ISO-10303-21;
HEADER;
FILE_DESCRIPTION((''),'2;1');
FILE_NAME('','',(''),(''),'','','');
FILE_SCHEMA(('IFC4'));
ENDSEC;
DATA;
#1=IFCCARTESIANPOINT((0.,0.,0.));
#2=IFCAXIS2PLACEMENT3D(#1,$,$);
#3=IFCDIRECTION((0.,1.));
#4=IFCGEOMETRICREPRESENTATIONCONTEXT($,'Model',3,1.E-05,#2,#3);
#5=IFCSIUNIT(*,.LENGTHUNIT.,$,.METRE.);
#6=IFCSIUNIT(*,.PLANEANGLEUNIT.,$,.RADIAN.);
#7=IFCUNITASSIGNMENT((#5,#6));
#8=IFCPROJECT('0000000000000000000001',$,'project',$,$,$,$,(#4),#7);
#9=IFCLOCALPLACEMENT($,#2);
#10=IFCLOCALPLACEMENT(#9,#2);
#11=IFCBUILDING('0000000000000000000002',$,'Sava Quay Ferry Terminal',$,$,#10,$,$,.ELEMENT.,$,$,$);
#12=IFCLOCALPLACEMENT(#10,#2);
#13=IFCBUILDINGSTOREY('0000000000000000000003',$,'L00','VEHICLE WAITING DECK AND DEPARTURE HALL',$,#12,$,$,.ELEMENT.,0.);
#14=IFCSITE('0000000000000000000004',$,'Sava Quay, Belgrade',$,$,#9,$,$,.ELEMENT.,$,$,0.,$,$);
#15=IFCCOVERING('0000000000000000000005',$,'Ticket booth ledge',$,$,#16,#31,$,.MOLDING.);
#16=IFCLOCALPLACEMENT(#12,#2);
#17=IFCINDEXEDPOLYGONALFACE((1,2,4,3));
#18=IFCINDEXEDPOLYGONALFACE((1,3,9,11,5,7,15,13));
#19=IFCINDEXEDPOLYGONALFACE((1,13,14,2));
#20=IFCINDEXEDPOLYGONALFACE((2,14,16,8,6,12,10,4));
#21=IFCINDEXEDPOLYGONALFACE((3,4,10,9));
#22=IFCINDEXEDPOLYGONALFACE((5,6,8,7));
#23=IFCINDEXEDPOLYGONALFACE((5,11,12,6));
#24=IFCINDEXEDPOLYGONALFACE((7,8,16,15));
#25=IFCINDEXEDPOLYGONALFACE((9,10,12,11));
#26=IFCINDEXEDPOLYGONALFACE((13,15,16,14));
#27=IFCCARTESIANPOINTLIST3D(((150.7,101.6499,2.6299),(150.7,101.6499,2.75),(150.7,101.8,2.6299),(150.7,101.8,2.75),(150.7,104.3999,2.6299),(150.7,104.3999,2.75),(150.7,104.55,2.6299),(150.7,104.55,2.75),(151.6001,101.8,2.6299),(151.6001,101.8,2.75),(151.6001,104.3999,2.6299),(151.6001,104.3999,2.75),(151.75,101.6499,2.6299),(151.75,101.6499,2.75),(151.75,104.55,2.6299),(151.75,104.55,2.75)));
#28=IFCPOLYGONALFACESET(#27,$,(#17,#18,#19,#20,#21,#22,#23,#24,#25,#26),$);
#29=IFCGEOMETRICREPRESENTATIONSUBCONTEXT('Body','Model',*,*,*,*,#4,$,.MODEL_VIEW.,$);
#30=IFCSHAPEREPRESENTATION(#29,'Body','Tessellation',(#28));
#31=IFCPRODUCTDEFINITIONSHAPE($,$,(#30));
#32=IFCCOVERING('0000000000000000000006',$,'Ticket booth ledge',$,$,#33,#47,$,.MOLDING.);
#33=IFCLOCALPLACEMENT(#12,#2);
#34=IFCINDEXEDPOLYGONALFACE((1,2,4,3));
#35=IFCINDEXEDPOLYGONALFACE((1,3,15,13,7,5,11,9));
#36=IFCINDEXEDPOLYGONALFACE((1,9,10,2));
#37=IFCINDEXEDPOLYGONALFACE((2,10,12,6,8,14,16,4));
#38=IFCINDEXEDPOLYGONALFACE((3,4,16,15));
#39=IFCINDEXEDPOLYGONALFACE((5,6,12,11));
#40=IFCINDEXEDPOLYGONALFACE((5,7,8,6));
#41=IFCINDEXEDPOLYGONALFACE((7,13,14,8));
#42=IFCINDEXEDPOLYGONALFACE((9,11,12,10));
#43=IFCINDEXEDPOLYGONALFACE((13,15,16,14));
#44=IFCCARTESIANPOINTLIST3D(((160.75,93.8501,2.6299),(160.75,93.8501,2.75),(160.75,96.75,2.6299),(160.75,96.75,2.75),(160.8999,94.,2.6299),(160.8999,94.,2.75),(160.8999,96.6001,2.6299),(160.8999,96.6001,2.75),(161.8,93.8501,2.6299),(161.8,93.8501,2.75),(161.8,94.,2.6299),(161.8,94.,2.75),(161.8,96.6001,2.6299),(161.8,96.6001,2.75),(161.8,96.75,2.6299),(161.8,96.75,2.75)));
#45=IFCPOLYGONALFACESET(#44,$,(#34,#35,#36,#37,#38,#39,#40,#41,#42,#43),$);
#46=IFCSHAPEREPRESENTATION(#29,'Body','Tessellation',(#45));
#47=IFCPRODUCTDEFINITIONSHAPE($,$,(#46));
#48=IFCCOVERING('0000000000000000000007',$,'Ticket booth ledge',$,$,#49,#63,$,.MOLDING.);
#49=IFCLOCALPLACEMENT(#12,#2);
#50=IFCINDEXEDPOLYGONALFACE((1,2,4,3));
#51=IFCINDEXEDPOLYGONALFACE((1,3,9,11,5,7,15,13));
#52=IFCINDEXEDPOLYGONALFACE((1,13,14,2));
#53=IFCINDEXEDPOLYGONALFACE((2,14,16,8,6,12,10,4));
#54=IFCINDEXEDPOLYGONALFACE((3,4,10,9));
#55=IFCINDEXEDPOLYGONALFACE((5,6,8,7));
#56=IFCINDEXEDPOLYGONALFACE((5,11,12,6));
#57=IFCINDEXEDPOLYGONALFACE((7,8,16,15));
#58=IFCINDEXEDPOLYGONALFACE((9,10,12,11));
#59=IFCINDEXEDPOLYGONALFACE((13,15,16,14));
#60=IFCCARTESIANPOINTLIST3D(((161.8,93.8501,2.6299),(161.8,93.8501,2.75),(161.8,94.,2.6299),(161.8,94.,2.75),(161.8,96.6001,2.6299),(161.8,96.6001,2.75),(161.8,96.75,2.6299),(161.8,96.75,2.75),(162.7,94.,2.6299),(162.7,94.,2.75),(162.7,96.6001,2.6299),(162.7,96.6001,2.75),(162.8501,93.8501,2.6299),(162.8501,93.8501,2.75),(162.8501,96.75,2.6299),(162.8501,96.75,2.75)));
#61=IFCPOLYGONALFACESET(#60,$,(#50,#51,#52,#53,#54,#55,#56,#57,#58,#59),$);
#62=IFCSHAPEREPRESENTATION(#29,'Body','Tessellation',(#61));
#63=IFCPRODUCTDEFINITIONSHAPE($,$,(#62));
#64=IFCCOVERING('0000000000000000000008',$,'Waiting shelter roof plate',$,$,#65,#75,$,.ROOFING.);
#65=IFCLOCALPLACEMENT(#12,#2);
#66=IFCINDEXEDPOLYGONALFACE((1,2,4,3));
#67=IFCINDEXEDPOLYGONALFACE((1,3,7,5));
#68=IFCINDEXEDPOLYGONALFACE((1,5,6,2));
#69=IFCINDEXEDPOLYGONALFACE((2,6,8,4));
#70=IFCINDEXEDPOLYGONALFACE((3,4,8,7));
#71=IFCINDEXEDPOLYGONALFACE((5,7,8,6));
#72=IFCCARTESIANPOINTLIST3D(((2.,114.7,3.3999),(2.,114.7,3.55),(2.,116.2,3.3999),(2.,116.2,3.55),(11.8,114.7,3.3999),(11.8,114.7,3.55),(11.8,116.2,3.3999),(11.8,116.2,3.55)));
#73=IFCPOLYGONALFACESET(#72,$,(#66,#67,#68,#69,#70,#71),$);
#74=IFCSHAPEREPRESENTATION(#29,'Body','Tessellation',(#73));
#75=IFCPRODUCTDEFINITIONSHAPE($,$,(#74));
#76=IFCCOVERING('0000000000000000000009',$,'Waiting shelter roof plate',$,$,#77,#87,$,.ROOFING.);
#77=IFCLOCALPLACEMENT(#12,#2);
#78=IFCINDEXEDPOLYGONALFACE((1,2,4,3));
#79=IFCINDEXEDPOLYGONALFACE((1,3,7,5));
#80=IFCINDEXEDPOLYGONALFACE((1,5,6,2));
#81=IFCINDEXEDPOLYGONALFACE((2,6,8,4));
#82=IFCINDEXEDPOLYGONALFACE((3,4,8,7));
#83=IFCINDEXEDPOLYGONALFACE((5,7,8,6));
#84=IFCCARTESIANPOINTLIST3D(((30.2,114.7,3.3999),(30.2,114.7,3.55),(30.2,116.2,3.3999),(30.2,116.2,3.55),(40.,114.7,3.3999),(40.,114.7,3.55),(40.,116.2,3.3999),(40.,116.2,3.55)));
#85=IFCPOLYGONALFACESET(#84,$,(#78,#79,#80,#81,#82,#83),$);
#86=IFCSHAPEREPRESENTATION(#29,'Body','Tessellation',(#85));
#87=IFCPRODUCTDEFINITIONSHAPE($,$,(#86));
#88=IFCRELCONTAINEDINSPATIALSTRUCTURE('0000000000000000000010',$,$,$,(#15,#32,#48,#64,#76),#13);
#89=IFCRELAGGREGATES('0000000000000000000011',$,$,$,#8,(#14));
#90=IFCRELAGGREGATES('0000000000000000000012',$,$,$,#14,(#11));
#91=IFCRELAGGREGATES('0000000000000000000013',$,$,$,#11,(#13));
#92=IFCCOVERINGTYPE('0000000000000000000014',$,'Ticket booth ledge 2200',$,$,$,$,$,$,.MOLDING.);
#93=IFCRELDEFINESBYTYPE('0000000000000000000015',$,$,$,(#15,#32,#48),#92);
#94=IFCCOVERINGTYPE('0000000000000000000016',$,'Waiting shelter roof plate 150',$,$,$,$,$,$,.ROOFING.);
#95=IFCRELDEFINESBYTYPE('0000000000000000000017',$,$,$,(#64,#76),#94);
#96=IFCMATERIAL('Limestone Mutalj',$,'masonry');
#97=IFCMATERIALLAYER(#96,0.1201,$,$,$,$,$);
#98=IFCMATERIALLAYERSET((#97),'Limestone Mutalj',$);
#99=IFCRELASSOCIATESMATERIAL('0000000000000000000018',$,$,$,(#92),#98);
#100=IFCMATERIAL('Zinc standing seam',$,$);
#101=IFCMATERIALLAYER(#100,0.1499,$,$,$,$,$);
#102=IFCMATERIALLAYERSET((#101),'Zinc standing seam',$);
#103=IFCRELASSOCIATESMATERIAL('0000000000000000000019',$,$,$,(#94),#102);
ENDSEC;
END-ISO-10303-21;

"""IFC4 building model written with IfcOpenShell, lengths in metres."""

from ifc_helpers import new_model, si_unit, direction, frame, origin, place, context, subcontext, project, spatial, polyline, outline, extrude, material, layer, layer_set, type_object, element, save


model = new_model("IFC4")

# Units and contexts
model_context = context("Model", 3, precision=1e-05, world=origin(), true_north=direction((0.0, 1.0)))
body_context = subcontext(model_context, "Body", "Model", "MODEL_VIEW")
ifc_project = project(units=[si_unit("LENGTHUNIT", "METRE"), si_unit("PLANEANGLEUNIT", "RADIAN")], contexts=[model_context])

# Site, building, storey
site_placement = place(None, origin())
site = spatial("IfcSite", under=ifc_project, at=site_placement, Name="Sava Quay, Belgrade", CompositionType="ELEMENT", RefElevation=0.0)
building_placement = place(site_placement, origin())
building = spatial("IfcBuilding", under=site, at=building_placement, Name="Sava Quay Ferry Terminal", CompositionType="ELEMENT")
storey_placement = place(building_placement, origin())
storey = spatial("IfcBuildingStorey", under=building, at=storey_placement, Name="L00", Description="VEHICLE WAITING DECK AND DEPARTURE HALL", CompositionType="ELEMENT", Elevation=0.0)

# Coverings
ifc_material_1 = material(Name="Limestone Mutalj", Category="masonry")
ifc_layer_1 = layer(ifc_material_1, 0.1201)
ifc_layer_set_1 = layer_set([ifc_layer_1], Name="Limestone Mutalj")
covering_type_1 = type_object("IfcCoveringType", Name="Ticket booth ledge 2200", PredefinedType="MOLDING", material=ifc_layer_set_1)
covering_1_placement = place(storey_placement, frame((0.0, 0.0, 2.6299)))
element("IfcCovering", 1, at=covering_1_placement, inside=storey, type_object=covering_type_1, Name="Ticket booth ledge", PredefinedType="MOLDING", context=body_context, shape_type="SweptSolid", body=[
    extrude(outline(polyline([(151.75, 104.55), (150.7, 104.55), (150.7, 104.3999), (151.6001, 104.3999), (151.6001, 101.8), (150.7, 101.8), (150.7, 101.6499), (151.75, 101.6499), (151.75, 104.55)])), origin(), (0.0, 0.0, 1.0), 0.1201),
])
covering_2_placement = place(storey_placement, frame((0.0, 0.0, 2.6299)))
element("IfcCovering", 2, at=covering_2_placement, inside=storey, type_object=covering_type_1, Name="Ticket booth ledge", PredefinedType="MOLDING", context=body_context, shape_type="SweptSolid", body=[
    extrude(outline(polyline([(160.75, 96.75), (160.75, 93.8501), (161.8, 93.8501), (161.8, 94.0), (160.8999, 94.0), (160.8999, 96.6001), (161.8, 96.6001), (161.8, 96.75), (160.75, 96.75)])), origin(), (0.0, 0.0, 1.0), 0.1201),
])
covering_3_placement = place(storey_placement, frame((0.0, 0.0, 2.6299)))
element("IfcCovering", 3, at=covering_3_placement, inside=storey, type_object=covering_type_1, Name="Ticket booth ledge", PredefinedType="MOLDING", context=body_context, shape_type="SweptSolid", body=[
    extrude(outline(polyline([(162.8501, 96.75), (161.8, 96.75), (161.8, 96.6001), (162.7, 96.6001), (162.7, 94.0), (161.8, 94.0), (161.8, 93.8501), (162.8501, 93.8501), (162.8501, 96.75)])), origin(), (0.0, 0.0, 1.0), 0.1201),
])
ifc_material_2 = material(Name="Zinc standing seam")
ifc_layer_2 = layer(ifc_material_2, 0.1499)
ifc_layer_set_2 = layer_set([ifc_layer_2], Name="Zinc standing seam")
covering_type_2 = type_object("IfcCoveringType", Name="Waiting shelter roof plate 150", PredefinedType="ROOFING", material=ifc_layer_set_2)
covering_4_placement = place(storey_placement, frame((0.0, 0.0, 3.3999)))
element("IfcCovering", 4, at=covering_4_placement, inside=storey, type_object=covering_type_2, Name="Waiting shelter roof plate", PredefinedType="ROOFING", context=body_context, shape_type="SweptSolid", body=[
    extrude(outline(polyline([(11.8, 114.7), (11.8, 116.2), (2.0, 116.2), (2.0, 114.7), (11.8, 114.7)])), origin(), (0.0, 0.0, 1.0), 0.1501),
])
covering_5_placement = place(storey_placement, frame((0.0, 0.0, 3.3999)))
element("IfcCovering", 5, at=covering_5_placement, inside=storey, type_object=covering_type_2, Name="Waiting shelter roof plate", PredefinedType="ROOFING", context=body_context, shape_type="SweptSolid", body=[
    extrude(outline(polyline([(40.0, 114.7), (40.0, 116.2), (30.2, 116.2), (30.2, 114.7), (40.0, 114.7)])), origin(), (0.0, 0.0, 1.0), 0.1501),
])

save(model, "model.ifc")
